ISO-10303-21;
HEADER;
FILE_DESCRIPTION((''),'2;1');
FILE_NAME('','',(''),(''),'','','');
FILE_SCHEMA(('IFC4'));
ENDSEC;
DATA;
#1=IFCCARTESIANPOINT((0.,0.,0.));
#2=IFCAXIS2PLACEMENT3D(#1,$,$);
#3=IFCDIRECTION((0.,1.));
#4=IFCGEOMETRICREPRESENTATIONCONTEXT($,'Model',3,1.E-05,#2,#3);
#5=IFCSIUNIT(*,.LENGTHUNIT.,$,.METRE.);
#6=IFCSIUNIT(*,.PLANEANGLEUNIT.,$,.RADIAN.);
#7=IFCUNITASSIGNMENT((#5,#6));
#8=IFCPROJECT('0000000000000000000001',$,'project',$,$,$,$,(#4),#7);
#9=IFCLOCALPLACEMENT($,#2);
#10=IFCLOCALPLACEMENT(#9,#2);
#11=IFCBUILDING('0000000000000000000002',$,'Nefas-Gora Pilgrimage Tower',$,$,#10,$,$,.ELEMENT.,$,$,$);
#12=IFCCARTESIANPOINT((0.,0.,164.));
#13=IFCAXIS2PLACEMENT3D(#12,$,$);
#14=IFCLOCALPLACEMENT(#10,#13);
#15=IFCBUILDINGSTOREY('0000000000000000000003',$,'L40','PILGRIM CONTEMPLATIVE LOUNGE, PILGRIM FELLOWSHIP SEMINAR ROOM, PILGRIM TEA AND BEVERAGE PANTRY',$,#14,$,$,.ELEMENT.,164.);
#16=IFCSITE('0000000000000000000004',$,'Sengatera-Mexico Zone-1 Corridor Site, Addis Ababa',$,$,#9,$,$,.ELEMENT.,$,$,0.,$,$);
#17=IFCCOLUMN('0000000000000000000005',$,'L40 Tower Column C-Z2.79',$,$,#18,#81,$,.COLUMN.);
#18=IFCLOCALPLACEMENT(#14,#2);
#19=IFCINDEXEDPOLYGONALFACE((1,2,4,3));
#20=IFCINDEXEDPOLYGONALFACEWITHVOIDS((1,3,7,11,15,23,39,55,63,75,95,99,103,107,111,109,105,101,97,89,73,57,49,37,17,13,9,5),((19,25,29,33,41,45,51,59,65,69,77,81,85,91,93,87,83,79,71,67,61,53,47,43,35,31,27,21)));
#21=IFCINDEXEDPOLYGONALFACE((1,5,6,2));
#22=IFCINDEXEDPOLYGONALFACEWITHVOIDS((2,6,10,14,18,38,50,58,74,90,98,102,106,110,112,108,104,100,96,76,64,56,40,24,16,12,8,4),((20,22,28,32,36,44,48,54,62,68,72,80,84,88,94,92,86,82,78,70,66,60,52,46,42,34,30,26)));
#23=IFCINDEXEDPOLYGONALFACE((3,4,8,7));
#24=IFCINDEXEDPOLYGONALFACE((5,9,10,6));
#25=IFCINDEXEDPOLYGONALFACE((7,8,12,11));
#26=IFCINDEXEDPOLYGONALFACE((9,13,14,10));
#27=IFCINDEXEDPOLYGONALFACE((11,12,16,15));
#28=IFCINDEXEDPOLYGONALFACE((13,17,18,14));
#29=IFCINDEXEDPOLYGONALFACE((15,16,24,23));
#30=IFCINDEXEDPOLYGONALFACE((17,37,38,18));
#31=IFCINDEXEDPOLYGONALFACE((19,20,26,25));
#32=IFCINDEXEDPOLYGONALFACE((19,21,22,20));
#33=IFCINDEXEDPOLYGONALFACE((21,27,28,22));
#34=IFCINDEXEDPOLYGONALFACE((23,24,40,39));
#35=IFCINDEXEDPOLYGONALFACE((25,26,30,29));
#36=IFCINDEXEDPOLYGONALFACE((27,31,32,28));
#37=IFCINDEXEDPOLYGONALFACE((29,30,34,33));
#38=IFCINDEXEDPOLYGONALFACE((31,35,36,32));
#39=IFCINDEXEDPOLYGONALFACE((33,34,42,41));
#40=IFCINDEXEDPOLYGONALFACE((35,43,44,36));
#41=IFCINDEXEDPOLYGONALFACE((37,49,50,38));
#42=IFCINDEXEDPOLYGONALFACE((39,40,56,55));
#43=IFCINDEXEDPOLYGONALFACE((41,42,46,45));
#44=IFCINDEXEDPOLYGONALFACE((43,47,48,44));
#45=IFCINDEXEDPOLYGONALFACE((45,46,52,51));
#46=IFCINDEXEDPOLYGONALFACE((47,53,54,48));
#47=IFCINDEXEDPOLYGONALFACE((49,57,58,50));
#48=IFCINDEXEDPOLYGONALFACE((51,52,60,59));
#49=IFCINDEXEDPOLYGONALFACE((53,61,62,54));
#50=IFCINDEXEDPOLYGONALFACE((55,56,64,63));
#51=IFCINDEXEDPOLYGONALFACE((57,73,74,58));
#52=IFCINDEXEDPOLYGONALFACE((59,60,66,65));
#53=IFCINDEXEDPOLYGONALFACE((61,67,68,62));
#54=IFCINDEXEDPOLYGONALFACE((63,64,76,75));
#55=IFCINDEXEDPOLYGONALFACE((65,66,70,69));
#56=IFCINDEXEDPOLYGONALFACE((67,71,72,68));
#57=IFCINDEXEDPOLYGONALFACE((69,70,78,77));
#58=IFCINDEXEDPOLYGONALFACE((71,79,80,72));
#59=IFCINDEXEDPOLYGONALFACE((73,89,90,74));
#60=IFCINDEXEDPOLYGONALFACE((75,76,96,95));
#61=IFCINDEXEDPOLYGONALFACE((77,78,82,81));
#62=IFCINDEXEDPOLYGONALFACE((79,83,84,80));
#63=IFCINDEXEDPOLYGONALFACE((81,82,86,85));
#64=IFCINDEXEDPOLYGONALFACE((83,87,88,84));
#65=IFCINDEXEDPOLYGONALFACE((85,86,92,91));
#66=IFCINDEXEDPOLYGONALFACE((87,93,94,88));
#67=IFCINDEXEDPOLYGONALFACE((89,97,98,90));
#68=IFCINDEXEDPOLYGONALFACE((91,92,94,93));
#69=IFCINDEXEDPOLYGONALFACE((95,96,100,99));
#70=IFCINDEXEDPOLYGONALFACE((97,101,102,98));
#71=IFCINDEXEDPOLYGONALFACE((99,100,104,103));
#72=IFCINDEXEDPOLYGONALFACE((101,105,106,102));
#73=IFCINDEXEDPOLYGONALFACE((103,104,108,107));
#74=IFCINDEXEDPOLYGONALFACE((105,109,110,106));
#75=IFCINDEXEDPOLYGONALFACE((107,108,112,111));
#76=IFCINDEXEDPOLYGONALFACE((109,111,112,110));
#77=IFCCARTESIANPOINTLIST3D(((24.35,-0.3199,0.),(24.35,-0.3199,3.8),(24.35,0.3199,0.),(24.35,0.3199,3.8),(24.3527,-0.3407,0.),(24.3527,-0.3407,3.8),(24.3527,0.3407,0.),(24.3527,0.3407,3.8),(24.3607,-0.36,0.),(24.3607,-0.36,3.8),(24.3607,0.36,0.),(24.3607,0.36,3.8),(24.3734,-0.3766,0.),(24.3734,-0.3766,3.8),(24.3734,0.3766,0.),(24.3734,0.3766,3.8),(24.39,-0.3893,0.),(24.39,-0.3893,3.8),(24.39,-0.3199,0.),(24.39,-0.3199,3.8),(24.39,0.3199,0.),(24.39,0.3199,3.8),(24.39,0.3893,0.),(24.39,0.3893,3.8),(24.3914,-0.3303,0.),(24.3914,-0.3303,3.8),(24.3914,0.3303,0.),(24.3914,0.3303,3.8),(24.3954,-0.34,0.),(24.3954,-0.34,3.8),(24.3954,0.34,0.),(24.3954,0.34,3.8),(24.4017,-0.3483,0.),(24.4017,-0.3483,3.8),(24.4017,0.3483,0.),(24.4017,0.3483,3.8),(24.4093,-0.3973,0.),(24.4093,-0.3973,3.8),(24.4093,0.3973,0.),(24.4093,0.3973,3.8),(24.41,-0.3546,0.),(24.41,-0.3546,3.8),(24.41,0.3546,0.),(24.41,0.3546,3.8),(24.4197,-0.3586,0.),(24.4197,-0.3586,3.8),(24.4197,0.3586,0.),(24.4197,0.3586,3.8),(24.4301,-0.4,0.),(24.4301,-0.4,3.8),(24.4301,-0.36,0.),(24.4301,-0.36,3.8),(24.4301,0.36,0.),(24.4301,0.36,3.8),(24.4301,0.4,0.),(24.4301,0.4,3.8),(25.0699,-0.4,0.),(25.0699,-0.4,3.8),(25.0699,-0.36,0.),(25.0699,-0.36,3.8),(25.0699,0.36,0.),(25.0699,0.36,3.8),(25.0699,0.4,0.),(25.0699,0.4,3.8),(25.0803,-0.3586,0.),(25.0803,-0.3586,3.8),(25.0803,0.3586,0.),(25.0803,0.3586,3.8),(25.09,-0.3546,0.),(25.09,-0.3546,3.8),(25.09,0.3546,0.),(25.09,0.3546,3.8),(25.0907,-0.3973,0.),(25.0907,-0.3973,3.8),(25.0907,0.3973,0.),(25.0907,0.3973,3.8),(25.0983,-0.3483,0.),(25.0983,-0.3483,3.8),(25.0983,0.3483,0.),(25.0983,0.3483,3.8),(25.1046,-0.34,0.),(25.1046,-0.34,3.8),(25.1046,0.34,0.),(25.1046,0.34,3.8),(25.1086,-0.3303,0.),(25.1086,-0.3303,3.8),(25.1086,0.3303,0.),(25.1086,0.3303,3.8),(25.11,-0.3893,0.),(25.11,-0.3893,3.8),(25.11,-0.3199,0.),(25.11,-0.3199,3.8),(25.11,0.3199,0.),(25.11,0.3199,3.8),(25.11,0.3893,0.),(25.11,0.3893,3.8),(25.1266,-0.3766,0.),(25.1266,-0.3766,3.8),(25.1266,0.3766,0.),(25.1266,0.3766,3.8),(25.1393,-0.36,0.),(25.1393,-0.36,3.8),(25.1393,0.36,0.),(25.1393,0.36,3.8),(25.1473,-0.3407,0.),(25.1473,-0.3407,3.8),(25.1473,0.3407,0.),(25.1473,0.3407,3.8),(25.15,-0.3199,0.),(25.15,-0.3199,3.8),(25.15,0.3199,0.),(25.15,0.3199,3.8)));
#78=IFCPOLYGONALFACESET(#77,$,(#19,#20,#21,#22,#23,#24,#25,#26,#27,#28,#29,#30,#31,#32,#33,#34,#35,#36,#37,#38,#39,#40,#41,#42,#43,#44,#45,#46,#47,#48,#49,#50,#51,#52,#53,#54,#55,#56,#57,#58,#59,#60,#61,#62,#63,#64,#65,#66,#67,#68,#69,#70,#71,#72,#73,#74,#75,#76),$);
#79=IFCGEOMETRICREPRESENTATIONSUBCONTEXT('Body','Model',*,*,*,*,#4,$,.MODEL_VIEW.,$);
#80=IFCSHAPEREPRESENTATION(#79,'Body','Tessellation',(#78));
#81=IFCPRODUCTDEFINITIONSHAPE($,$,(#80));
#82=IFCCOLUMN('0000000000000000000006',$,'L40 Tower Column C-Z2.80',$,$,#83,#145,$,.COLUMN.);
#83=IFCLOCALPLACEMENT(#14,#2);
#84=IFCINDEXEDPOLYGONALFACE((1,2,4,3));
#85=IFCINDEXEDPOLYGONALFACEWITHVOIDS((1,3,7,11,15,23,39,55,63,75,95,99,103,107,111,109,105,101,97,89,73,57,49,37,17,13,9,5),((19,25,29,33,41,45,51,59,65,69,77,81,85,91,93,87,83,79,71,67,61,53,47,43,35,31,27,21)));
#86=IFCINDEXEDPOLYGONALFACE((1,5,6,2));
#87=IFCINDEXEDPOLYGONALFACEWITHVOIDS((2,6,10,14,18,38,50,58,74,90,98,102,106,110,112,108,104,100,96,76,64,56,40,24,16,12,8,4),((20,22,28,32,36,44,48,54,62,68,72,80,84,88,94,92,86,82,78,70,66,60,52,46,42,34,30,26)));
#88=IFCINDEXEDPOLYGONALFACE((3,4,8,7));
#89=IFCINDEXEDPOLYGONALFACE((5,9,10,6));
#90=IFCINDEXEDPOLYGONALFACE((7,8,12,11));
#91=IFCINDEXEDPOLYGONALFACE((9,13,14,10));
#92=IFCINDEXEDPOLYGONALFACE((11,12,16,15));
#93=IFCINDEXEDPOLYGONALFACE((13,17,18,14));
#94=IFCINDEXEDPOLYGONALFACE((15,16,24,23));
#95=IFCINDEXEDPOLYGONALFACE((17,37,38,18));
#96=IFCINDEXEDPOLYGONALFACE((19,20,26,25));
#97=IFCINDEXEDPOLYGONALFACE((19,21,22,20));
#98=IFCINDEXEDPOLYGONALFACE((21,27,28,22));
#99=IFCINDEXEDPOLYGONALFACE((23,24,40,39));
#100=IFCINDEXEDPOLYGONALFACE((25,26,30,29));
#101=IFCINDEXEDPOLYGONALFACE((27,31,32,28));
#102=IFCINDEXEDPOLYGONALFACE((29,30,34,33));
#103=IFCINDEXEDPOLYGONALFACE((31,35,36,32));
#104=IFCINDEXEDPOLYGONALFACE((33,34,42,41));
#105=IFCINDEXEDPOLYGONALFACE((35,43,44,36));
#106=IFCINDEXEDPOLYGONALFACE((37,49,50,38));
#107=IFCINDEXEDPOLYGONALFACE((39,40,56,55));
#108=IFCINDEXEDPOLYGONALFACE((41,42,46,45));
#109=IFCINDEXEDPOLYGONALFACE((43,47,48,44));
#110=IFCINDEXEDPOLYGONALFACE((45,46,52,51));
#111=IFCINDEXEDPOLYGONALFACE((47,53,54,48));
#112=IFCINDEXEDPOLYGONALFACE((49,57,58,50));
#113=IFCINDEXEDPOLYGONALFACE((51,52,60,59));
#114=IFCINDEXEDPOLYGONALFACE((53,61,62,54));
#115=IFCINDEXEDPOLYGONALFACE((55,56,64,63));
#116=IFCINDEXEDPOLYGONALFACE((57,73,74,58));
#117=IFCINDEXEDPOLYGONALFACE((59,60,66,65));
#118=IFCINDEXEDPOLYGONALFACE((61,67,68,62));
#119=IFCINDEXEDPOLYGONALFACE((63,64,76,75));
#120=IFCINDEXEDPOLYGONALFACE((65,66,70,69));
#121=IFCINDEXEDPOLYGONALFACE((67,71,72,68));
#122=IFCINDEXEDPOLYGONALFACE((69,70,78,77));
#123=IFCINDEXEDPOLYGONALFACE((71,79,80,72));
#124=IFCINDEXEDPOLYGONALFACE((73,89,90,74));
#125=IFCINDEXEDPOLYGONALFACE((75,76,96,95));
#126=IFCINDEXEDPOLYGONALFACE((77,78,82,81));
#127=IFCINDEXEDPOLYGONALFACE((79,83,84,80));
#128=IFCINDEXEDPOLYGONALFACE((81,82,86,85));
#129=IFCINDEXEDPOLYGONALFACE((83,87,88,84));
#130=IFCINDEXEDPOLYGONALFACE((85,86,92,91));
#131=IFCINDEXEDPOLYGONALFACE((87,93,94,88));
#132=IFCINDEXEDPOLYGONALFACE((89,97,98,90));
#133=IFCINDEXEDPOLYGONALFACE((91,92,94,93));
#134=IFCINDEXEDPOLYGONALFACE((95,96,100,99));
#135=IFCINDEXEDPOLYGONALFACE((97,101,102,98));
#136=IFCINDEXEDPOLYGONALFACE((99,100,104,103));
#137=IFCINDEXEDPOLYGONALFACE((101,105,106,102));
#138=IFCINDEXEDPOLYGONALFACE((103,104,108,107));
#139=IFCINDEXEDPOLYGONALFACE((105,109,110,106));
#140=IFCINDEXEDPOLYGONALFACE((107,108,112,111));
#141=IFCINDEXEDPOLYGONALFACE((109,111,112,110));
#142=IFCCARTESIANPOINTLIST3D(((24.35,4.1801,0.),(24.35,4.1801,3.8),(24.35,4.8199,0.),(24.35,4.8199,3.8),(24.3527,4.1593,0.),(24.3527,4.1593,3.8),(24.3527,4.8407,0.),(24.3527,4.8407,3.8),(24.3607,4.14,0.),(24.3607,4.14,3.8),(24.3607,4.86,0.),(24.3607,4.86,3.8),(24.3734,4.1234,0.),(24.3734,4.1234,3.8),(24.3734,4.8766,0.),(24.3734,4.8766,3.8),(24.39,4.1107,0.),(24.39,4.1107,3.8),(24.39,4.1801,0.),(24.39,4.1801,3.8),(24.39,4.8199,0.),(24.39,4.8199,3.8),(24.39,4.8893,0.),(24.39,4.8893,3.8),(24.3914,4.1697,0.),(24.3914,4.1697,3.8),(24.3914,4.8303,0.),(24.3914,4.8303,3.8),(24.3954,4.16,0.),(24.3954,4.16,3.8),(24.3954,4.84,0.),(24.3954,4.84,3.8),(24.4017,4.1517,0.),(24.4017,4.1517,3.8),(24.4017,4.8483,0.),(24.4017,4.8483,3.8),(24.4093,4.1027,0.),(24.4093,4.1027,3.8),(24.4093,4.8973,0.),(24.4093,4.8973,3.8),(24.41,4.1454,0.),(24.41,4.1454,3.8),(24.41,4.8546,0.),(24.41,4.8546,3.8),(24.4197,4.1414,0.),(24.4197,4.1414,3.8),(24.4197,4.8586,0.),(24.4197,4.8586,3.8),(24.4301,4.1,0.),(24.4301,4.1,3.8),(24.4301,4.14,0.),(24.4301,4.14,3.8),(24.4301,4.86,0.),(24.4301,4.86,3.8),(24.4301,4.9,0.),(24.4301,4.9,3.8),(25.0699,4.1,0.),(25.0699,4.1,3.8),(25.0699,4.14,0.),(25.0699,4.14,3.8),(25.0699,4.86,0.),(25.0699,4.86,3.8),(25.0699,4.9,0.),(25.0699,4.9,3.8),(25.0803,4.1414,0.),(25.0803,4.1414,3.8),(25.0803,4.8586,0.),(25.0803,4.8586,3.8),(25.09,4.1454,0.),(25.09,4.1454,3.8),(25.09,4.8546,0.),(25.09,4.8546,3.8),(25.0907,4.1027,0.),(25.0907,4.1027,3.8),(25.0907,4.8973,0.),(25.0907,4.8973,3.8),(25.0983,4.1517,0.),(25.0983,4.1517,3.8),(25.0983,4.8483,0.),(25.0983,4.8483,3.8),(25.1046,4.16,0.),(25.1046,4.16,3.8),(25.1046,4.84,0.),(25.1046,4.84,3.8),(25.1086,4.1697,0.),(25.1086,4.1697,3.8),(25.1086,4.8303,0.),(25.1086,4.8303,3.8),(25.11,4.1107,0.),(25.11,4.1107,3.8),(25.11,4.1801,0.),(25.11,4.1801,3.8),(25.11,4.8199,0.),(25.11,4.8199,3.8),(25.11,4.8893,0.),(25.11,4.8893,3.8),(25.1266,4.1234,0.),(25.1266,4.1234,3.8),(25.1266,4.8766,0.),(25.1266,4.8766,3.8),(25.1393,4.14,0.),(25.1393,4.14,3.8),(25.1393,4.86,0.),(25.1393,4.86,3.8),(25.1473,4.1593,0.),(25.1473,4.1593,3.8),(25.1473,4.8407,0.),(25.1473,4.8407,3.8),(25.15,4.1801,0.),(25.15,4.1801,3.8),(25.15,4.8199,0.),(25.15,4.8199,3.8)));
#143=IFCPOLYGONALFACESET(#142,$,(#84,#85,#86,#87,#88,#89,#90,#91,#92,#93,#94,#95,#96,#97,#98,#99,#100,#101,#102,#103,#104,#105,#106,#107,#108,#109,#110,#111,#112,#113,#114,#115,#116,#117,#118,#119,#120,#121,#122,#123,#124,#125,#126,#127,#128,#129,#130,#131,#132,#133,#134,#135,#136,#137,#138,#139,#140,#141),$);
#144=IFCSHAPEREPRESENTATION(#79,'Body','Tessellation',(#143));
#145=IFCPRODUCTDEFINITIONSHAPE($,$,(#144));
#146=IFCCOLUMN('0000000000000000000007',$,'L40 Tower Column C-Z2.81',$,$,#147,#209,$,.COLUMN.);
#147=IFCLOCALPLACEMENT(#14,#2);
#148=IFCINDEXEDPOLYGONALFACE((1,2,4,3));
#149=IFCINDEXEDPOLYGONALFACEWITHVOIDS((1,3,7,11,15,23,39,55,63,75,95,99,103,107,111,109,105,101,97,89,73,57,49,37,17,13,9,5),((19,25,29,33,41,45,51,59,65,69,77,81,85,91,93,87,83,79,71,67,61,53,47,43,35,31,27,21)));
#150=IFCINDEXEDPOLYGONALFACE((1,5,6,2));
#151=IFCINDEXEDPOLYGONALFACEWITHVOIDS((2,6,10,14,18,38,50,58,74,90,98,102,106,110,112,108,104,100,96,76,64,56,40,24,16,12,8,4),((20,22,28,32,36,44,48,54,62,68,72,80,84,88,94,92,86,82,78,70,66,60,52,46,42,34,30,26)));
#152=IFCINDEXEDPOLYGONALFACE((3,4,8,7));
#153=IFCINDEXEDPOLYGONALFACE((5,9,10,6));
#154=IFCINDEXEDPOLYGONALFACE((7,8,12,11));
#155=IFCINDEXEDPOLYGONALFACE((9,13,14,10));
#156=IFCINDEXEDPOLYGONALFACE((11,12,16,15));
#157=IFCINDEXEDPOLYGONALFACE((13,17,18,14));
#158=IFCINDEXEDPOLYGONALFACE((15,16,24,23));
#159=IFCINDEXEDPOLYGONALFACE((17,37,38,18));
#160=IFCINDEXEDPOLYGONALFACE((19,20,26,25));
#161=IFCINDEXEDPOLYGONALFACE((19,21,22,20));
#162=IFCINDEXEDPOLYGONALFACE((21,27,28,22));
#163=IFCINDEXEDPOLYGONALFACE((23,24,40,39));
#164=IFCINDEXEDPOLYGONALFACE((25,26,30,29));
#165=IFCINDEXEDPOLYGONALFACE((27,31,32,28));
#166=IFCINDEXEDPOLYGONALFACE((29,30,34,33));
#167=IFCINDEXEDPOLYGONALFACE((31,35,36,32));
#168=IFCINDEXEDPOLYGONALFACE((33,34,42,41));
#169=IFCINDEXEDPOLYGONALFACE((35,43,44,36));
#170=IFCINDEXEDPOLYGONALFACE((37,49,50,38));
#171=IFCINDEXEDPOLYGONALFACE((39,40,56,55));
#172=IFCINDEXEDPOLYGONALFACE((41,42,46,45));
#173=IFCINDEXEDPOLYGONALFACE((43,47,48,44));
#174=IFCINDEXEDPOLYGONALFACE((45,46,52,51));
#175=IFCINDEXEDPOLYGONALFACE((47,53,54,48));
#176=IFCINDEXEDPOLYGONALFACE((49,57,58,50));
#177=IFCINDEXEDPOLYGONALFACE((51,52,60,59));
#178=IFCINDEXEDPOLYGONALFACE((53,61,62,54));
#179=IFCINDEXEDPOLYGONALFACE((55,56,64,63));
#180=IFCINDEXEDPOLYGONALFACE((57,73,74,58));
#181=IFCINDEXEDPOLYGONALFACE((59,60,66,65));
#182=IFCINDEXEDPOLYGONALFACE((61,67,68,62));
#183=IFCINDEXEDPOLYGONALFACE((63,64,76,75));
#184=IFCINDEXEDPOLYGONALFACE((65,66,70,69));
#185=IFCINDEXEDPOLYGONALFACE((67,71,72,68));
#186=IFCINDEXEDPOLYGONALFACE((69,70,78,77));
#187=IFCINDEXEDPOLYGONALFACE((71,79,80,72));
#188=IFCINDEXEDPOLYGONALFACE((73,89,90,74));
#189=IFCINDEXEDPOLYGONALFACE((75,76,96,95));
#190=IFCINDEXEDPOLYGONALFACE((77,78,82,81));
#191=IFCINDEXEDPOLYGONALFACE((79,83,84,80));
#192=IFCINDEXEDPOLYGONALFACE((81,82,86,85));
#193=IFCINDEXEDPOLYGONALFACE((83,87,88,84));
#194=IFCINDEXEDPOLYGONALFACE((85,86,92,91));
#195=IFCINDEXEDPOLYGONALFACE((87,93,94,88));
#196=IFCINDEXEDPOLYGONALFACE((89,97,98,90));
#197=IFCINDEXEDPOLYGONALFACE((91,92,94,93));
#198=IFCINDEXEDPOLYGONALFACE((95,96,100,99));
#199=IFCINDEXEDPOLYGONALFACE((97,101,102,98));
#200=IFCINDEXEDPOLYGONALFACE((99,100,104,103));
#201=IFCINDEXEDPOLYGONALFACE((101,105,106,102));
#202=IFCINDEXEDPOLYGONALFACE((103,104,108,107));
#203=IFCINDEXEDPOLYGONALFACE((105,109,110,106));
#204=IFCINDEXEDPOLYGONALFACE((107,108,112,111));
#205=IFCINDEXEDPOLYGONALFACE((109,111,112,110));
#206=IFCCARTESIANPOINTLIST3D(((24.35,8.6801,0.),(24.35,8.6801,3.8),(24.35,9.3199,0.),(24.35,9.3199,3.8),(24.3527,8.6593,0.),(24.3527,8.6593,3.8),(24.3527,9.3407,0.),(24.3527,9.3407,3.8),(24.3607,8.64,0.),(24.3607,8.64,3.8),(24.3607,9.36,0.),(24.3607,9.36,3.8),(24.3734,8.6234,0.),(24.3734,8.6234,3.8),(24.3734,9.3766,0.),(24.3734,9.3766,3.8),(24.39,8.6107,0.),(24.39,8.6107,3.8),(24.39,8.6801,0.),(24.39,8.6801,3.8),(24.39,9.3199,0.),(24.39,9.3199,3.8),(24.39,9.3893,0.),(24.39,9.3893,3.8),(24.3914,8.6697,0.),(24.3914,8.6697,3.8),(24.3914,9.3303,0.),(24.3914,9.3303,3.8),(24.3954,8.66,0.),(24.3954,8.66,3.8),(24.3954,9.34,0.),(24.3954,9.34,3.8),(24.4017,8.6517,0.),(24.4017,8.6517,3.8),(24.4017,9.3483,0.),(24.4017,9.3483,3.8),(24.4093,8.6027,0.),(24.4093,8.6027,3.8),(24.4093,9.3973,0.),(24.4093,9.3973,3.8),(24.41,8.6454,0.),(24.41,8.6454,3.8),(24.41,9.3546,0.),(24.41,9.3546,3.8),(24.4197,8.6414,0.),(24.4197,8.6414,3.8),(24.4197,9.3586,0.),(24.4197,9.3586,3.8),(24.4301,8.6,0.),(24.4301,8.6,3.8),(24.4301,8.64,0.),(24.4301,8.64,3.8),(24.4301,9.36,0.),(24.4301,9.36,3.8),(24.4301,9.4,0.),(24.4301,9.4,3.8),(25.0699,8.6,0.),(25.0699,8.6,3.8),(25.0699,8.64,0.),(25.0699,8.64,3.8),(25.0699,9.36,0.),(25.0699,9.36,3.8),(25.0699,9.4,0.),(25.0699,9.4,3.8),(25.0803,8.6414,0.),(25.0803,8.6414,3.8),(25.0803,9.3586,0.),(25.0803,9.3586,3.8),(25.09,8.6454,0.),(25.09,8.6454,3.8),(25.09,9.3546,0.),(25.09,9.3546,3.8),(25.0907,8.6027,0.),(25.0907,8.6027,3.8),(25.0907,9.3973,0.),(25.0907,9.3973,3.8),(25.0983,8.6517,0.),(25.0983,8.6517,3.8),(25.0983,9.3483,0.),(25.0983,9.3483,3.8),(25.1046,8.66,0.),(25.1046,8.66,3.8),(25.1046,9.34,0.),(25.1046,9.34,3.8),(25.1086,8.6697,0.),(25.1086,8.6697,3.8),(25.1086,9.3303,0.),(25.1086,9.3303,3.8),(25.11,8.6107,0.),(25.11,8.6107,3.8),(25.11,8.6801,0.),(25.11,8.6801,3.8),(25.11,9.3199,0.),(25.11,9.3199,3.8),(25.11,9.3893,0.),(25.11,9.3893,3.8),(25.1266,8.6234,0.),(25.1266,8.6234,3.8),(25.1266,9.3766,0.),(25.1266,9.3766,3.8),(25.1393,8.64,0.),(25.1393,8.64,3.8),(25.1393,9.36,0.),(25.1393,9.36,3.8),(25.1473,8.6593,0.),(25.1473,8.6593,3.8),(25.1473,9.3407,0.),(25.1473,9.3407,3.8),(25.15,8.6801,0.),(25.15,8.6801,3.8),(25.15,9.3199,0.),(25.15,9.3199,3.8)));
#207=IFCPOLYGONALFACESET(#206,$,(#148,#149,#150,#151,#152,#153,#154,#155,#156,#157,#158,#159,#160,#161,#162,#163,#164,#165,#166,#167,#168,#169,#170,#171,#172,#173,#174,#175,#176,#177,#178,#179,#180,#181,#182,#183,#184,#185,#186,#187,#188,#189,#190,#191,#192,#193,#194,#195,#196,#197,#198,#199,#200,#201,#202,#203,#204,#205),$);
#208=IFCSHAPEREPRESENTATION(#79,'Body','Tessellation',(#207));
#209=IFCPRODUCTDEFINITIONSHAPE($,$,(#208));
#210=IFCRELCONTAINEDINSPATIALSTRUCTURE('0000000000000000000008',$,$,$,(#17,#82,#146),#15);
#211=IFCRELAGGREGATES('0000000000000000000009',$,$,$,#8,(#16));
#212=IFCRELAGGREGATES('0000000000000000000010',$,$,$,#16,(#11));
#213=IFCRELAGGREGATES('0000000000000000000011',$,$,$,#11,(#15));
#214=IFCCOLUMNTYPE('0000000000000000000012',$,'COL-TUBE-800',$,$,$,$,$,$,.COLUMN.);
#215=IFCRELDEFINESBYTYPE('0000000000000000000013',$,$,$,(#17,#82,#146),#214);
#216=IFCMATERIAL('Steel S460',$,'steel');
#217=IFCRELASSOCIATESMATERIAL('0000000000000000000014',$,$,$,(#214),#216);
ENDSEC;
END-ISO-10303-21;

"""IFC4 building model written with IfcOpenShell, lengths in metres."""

from ifc_helpers import new_model, si_unit, direction, frame, origin, origin_2d, place, context, subcontext, project, spatial, hollow_rectangle, extrude, source, transform, mapped, material, material_profile, profile_set, type_object, element, save


model = new_model("IFC4")

# Units and contexts
model_context = context("Model", 3, precision=1e-05, world=origin(), true_north=direction((0.0, 1.0)))
body_context = subcontext(model_context, "Body", "Model", "MODEL_VIEW")
ifc_project = project(units=[si_unit("LENGTHUNIT", "METRE"), si_unit("PLANEANGLEUNIT", "RADIAN")], contexts=[model_context])

# Site, building, storey
site_placement = place(None, origin())
site = spatial("IfcSite", under=ifc_project, at=site_placement, Name="Sengatera-Mexico Zone-1 Corridor Site, Addis Ababa", CompositionType="ELEMENT", RefElevation=0.0)
building_placement = place(site_placement, origin())
building = spatial("IfcBuilding", under=site, at=building_placement, Name="Nefas-Gora Pilgrimage Tower", CompositionType="ELEMENT")
storey_placement = place(building_placement, frame((0.0, 0.0, 164.0)))
storey = spatial("IfcBuildingStorey", under=building, at=storey_placement, Name="L40", Description="PILGRIM CONTEMPLATIVE LOUNGE, PILGRIM FELLOWSHIP SEMINAR ROOM, PILGRIM TEA AND BEVERAGE PANTRY", CompositionType="ELEMENT", Elevation=164.0)

# Columns
ifc_material_1 = material(Name="Steel S460", Category="steel")
ifc_material_profile_1 = material_profile(ifc_material_1, hollow_rectangle(XDim=0.8, YDim=0.8, WallThickness=0.04, InnerFilletRadius=0.04, OuterFilletRadius=0.0801, at=origin_2d()), Name="BOX 800x800x40")
ifc_profile_set_1 = profile_set([ifc_material_profile_1], Name="Steel S460")
column_type_1 = type_object("IfcColumnType", Name="COL-TUBE-800", PredefinedType="COLUMN", material=ifc_profile_set_1)
shared_shape_1 = source(origin(), body_context, "Body", "SweptSolid", [
    extrude(hollow_rectangle(XDim=0.8, YDim=0.8, WallThickness=0.04, InnerFilletRadius=0.04, OuterFilletRadius=0.0801, at=origin_2d()), origin(), (0.0, 0.0, 1.0), 3.8),
])
for number, where, z_axis, x_axis, name in (
    (1, (24.75, 0.0, 0.0), (0.0, 0.0, 1.0), (1.0, 0.0, 0.0), "L40 Tower Column C-Z2.79"),
    (2, (24.75, 4.5, 0.0), (0.0, 0.0, 1.0), (1.0, 0.0, 0.0), "L40 Tower Column C-Z2.80"),
    (3, (24.75, 9.0, 0.0), (0.0, 0.0, 1.0), (1.0, 0.0, 0.0), "L40 Tower Column C-Z2.81"),
):
    element("IfcColumn", number, at=place(storey_placement, frame(where, z_axis=z_axis, x_axis=x_axis)), inside=storey, type_object=column_type_1, Name=name, PredefinedType="COLUMN", context=body_context, shape_type="MappedRepresentation", body=[
        mapped(shared_shape_1, transform((0.0, 0.0, 0.0), x_axis=(1.0, 0.0, 0.0), y_axis=(0.0, 1.0, 0.0), z_axis=(0.0, 0.0, 1.0), scale=1.0)),
    ])

save(model, "model.ifc")
